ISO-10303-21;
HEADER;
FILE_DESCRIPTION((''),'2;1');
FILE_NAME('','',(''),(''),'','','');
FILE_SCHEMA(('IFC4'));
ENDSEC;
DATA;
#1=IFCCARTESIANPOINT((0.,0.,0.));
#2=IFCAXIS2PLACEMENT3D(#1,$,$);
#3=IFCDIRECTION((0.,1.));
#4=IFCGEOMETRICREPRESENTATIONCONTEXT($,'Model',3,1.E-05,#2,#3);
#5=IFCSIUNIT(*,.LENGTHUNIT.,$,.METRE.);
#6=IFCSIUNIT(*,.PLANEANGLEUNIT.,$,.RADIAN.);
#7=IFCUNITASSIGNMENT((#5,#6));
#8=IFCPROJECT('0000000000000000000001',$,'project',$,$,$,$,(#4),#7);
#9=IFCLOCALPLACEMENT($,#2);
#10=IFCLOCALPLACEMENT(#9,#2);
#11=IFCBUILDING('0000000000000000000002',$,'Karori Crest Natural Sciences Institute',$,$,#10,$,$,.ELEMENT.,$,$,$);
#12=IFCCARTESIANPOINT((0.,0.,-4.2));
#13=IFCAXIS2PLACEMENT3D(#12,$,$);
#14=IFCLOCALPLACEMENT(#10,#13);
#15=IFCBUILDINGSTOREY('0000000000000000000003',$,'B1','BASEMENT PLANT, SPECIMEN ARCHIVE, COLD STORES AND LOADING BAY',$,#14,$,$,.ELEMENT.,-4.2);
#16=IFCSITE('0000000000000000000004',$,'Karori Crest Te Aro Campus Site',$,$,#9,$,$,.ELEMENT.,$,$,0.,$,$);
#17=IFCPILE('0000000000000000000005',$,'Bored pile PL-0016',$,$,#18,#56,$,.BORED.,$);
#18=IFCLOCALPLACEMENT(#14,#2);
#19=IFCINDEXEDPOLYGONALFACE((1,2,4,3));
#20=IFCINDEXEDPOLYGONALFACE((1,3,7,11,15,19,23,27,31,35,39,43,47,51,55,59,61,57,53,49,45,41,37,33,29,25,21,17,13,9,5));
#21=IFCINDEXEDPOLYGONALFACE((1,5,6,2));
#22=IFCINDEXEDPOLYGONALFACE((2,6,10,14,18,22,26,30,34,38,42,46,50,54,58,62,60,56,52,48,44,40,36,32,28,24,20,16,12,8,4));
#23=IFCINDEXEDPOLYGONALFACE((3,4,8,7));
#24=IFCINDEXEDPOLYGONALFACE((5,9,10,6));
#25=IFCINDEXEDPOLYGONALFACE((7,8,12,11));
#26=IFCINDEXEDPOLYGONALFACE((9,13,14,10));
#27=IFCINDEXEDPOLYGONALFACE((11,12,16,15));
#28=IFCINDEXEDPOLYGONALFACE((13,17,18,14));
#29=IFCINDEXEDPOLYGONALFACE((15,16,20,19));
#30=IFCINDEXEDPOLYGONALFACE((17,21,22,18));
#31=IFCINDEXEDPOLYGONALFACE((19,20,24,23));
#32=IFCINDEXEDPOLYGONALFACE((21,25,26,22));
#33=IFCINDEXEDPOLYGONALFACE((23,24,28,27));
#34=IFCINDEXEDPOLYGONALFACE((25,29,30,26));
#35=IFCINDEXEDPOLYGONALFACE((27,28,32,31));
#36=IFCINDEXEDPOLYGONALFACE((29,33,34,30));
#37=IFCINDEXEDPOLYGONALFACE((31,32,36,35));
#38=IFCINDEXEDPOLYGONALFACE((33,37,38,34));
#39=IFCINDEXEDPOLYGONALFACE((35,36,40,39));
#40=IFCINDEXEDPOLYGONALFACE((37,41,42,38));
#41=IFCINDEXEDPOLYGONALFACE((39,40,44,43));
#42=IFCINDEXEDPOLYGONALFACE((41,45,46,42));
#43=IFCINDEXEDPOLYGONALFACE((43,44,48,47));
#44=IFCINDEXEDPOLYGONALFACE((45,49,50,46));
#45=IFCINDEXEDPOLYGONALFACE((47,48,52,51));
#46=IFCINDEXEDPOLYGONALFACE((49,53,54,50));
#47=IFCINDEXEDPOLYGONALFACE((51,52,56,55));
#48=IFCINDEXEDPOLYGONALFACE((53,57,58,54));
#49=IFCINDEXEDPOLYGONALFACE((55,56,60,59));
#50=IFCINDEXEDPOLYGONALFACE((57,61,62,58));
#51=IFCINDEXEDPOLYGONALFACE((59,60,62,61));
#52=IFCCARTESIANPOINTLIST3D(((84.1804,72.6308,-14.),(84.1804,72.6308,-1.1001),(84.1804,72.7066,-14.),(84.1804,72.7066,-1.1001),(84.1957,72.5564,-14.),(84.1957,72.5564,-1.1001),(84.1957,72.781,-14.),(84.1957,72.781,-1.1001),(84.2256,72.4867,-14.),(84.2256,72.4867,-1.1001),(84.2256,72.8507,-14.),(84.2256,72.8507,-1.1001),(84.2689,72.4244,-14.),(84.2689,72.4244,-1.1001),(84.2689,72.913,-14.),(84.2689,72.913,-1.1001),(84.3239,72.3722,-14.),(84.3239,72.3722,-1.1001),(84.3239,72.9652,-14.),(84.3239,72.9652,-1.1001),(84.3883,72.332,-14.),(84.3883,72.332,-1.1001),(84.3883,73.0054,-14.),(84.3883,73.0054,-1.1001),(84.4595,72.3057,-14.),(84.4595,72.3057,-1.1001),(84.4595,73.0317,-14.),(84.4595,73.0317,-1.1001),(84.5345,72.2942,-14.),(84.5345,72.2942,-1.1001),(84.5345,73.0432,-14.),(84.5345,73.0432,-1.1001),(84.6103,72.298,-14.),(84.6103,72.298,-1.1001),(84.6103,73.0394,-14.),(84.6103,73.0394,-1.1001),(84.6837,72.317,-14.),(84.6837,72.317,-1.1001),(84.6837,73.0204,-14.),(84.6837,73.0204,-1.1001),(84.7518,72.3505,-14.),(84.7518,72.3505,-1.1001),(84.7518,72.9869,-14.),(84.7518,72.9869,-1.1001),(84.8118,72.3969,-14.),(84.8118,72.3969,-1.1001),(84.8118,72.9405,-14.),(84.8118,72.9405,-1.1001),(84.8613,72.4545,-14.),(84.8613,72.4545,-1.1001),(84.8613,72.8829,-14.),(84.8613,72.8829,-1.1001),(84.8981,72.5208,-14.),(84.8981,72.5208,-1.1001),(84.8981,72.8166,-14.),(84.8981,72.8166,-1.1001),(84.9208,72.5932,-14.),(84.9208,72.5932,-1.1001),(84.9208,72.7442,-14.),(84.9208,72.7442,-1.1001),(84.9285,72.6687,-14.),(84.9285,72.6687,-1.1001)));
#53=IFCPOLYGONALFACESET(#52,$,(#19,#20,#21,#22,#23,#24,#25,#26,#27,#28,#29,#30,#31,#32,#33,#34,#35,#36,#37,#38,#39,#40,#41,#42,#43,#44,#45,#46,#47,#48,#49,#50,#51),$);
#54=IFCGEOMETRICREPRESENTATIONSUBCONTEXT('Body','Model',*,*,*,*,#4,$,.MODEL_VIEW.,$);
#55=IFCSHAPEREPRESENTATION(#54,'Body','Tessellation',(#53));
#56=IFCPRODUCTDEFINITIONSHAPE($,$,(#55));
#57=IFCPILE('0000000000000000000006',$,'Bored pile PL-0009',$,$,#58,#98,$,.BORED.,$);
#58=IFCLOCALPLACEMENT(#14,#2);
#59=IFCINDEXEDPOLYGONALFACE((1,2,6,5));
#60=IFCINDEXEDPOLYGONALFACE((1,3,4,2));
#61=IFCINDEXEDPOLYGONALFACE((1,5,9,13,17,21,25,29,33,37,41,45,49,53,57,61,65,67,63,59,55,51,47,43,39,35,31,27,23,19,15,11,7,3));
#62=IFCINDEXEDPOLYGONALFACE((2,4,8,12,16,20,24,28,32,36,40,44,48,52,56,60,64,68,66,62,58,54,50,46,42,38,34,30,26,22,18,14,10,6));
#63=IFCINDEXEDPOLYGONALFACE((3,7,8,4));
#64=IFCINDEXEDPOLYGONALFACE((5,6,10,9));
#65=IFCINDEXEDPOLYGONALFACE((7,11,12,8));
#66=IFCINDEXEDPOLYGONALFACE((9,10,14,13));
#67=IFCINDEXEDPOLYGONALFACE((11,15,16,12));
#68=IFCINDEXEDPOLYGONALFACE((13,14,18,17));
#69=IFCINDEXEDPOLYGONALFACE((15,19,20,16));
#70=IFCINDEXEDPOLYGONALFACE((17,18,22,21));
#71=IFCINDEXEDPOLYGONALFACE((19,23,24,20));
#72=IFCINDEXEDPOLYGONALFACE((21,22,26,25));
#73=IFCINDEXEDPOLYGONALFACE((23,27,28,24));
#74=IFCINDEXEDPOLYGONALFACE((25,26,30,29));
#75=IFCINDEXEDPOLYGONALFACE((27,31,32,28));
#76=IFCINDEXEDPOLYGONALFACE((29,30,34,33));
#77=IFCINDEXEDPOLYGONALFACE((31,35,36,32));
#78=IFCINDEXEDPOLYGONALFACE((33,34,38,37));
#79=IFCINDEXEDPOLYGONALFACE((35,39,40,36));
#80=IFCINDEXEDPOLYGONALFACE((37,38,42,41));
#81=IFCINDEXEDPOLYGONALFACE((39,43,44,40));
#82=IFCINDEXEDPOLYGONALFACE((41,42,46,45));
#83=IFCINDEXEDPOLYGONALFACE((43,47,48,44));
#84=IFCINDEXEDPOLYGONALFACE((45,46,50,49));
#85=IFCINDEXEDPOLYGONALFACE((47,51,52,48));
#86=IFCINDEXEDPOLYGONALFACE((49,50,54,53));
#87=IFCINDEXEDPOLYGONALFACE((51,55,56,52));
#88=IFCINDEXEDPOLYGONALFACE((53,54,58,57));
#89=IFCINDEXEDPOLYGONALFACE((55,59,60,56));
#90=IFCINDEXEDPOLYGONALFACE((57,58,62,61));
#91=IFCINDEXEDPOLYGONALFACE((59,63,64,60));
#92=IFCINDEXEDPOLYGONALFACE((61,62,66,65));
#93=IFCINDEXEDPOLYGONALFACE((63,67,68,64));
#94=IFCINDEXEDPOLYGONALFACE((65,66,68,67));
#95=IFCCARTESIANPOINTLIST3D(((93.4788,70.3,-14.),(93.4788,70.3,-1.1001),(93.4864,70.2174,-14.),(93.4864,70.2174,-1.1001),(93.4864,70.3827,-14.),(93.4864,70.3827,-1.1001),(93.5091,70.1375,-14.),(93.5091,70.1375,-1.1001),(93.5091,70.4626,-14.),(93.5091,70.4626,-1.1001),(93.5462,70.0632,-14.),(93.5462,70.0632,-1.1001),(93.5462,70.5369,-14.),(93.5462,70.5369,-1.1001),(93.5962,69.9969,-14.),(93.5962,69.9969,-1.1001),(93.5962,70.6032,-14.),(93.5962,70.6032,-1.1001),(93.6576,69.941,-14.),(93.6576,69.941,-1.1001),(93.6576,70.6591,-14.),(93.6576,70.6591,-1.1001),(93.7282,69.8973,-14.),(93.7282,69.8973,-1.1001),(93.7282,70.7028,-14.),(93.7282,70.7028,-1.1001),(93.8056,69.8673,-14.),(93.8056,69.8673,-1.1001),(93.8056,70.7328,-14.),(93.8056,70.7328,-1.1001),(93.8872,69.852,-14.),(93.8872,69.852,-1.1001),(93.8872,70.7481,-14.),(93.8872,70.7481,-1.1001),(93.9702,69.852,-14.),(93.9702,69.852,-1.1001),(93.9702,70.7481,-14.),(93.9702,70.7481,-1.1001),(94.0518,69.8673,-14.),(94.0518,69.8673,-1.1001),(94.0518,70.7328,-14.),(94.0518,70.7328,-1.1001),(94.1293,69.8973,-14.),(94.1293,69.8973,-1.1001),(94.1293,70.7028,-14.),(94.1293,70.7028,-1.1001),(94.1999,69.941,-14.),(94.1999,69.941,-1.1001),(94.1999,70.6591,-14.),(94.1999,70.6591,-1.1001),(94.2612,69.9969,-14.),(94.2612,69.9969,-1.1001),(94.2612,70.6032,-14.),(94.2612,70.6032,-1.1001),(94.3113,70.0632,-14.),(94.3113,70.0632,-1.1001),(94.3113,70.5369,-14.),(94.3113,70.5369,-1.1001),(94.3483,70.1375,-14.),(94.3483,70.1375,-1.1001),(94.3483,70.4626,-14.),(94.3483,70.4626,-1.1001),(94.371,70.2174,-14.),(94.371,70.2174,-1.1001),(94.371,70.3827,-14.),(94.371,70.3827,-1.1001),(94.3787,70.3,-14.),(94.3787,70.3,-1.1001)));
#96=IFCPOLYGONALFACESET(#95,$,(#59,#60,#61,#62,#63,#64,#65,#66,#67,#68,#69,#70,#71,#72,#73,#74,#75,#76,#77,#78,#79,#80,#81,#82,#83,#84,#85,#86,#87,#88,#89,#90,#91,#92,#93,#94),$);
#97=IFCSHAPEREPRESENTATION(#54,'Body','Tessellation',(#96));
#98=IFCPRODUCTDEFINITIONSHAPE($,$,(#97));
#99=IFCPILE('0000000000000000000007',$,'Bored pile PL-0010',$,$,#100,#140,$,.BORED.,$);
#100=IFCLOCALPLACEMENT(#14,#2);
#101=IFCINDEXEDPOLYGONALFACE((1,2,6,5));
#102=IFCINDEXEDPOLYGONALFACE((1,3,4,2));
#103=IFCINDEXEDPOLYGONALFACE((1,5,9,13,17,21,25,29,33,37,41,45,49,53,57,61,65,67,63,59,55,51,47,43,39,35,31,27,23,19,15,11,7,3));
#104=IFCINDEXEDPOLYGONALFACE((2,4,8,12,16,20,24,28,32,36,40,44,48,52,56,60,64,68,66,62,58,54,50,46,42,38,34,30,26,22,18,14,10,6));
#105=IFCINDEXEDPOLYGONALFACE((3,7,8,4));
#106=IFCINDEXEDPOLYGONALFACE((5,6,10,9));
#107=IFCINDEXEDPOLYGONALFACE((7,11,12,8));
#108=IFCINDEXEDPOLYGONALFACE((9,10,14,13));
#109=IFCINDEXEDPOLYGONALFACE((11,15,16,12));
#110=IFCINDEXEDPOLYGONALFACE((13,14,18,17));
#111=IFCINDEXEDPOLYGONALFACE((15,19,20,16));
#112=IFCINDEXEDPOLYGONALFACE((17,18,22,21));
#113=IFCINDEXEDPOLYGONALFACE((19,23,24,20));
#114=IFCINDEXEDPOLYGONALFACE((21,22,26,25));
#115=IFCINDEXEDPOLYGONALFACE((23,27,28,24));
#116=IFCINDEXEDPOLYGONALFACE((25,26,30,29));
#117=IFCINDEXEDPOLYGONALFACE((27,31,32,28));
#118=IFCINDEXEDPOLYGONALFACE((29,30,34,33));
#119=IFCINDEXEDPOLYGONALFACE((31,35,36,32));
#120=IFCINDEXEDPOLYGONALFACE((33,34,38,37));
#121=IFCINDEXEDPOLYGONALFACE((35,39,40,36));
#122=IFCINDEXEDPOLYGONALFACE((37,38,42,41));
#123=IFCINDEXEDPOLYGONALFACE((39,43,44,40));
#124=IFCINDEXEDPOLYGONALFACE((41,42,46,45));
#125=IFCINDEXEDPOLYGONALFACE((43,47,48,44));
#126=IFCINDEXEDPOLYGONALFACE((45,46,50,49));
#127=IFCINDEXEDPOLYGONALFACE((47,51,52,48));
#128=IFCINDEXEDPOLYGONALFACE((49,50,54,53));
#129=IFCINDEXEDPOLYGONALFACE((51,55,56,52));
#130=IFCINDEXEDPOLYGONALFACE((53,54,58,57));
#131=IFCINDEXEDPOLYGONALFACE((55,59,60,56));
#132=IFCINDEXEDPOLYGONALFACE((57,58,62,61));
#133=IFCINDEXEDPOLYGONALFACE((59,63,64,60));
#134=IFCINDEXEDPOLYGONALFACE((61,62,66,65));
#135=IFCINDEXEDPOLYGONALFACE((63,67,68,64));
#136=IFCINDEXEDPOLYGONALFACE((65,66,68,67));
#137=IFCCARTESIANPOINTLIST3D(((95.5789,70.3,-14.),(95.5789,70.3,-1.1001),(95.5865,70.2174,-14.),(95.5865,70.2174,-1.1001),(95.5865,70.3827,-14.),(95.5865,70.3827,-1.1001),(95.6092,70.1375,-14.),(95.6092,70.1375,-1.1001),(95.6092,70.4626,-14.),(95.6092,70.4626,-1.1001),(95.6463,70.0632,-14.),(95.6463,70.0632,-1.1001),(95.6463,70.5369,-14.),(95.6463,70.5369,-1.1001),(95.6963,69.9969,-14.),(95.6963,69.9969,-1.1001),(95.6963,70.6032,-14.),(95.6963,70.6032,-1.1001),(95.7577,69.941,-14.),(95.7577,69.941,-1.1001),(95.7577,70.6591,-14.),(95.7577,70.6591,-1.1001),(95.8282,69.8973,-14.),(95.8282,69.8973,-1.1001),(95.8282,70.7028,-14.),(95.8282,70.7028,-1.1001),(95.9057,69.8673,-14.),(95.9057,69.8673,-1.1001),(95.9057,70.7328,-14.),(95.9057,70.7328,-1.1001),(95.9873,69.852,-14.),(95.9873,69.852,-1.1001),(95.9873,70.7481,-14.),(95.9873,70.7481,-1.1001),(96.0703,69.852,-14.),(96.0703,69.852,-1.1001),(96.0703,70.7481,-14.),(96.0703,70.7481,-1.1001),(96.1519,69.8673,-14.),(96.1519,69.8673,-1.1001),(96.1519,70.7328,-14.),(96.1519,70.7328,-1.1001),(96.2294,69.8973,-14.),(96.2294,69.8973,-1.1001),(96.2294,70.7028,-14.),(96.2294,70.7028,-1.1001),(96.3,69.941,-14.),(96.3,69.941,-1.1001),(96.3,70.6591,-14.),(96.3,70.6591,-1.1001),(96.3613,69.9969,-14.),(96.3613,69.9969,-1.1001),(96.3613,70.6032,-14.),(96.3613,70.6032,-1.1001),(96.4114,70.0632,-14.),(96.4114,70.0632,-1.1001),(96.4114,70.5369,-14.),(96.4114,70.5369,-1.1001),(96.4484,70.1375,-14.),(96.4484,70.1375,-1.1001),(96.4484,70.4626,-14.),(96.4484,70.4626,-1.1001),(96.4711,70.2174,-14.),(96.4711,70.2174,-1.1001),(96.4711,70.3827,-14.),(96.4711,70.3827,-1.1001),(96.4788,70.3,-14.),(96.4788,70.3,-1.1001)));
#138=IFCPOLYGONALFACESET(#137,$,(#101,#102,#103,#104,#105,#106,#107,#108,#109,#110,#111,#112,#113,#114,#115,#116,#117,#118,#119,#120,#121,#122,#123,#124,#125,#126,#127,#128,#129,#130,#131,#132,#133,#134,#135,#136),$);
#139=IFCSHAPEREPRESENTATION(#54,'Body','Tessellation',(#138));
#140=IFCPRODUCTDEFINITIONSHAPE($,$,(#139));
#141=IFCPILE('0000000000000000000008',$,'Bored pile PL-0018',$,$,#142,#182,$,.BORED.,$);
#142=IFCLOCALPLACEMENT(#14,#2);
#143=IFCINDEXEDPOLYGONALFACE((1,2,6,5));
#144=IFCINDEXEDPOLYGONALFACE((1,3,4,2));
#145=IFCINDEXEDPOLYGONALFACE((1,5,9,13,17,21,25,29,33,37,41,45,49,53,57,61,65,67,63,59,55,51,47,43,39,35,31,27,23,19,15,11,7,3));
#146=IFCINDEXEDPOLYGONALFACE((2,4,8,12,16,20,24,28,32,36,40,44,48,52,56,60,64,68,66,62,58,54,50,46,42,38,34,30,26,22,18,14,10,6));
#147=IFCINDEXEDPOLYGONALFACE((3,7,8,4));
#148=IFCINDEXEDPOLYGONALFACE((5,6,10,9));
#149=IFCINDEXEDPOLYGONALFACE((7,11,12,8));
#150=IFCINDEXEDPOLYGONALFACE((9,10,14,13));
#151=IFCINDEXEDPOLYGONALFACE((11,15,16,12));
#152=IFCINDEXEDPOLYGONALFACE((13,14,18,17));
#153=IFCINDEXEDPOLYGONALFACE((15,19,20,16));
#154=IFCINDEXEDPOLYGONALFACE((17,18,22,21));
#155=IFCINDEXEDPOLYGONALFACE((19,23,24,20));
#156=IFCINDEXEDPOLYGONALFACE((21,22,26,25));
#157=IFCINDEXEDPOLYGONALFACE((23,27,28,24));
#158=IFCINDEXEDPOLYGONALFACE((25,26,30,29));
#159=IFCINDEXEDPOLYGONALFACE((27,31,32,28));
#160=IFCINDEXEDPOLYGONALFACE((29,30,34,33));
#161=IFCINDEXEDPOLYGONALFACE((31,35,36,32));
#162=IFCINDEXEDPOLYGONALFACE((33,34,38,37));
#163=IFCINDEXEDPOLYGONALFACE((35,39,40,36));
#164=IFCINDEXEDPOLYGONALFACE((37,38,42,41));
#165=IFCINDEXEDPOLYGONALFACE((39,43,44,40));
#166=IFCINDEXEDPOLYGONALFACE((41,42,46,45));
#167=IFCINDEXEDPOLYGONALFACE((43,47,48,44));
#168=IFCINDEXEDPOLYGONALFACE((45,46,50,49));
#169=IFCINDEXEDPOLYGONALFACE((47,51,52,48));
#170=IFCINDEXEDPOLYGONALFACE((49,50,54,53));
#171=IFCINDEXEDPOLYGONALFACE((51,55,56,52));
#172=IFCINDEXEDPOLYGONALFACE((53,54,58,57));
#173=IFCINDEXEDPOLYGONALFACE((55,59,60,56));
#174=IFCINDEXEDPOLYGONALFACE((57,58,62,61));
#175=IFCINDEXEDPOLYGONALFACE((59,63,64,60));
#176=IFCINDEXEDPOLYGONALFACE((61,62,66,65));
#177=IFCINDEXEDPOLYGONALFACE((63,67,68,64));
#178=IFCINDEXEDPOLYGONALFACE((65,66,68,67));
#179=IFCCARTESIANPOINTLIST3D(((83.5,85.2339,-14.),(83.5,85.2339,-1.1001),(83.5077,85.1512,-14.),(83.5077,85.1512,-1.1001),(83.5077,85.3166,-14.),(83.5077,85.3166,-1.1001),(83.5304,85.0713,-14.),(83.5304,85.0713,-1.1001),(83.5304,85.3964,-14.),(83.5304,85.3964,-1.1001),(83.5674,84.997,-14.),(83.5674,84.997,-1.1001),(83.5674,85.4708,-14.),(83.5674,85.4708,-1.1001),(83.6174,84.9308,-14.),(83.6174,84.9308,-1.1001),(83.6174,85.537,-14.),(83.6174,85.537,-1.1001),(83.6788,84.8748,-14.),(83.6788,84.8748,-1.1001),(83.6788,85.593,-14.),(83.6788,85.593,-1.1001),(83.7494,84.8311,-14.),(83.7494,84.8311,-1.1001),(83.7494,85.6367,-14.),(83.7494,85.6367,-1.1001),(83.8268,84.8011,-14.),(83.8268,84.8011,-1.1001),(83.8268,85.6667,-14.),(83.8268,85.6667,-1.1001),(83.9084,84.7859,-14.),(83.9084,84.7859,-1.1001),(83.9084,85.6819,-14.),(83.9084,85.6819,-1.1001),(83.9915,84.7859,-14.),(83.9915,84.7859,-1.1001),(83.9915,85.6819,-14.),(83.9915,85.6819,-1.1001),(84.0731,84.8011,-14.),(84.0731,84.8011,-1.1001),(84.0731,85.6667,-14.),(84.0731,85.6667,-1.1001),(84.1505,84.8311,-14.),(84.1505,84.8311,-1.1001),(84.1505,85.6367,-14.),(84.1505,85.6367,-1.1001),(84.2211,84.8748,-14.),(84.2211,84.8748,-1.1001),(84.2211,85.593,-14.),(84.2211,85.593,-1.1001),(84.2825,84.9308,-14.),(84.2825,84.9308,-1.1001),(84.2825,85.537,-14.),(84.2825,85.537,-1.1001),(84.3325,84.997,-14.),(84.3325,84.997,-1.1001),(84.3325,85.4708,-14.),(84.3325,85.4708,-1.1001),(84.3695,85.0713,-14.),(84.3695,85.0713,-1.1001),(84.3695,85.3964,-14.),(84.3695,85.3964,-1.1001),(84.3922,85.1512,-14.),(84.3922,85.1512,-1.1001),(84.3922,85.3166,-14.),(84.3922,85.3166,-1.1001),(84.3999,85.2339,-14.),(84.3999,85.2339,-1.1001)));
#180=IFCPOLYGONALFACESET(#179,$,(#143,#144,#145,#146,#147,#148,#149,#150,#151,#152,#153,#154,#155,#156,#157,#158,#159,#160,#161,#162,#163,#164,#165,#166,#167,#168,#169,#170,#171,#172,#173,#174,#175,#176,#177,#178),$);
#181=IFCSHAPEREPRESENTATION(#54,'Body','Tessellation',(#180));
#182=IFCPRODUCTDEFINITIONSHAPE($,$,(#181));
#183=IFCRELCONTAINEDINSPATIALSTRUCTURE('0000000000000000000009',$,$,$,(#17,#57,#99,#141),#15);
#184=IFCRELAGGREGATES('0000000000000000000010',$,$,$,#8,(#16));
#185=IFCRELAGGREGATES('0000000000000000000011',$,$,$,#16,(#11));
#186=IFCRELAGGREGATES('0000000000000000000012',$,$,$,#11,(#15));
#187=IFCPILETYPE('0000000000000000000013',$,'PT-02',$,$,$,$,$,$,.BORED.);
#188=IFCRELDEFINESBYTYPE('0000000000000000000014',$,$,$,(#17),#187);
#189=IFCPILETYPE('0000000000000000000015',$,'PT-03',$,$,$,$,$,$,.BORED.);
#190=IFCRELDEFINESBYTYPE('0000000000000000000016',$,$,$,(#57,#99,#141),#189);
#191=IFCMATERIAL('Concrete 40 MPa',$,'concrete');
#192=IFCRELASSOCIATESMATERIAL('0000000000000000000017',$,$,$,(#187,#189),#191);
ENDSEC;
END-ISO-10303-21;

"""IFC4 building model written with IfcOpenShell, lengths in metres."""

from ifc_helpers import new_model, si_unit, direction, frame, origin, origin_2d, place, context, subcontext, project, spatial, circle, extrude, material, material_profile, profile_set, type_object, element, save


model = new_model("IFC4")

# Units and contexts
model_context = context("Model", 3, precision=1e-05, world=origin(), true_north=direction((0.0, 1.0)))
body_context = subcontext(model_context, "Body", "Model", "MODEL_VIEW")
ifc_project = project(units=[si_unit("LENGTHUNIT", "METRE"), si_unit("PLANEANGLEUNIT", "RADIAN")], contexts=[model_context])

# Site, building, storey
site_placement = place(None, origin())
site = spatial("IfcSite", under=ifc_project, at=site_placement, Name="Karori Crest Te Aro Campus Site", CompositionType="ELEMENT", RefElevation=0.0)
building_placement = place(site_placement, origin())
building = spatial("IfcBuilding", under=site, at=building_placement, Name="Karori Crest Natural Sciences Institute", CompositionType="ELEMENT")
storey_placement = place(building_placement, frame((0.0, 0.0, -4.2)))
storey = spatial("IfcBuildingStorey", under=building, at=storey_placement, Name="B1", Description="BASEMENT PLANT, SPECIMEN ARCHIVE, COLD STORES AND LOADING BAY", CompositionType="ELEMENT", Elevation=-4.2)

# Shared definitions
ifc_material_1 = material(Name="Concrete 40 MPa", Category="concrete")

# Piles
ifc_material_profile_1 = material_profile(ifc_material_1, circle(Radius=0.375, at=origin_2d()), Name="PILE750")
ifc_profile_set_1 = profile_set([ifc_material_profile_1], Name="Concrete 40 MPa")
pile_type_1 = type_object("IfcPileType", Name="PT-02", PredefinedType="BORED", material=ifc_profile_set_1)
for number, where, z_axis, x_axis, name in (
    (1, (84.5535, 72.6687, -1.1001), (0.0, 0.0, -1.0), (1.0, 0.0, 0.0), "Bored pile PL-0016"),
):
    element("IfcPile", number, at=place(storey_placement, frame(where, z_axis=z_axis, x_axis=x_axis)), inside=storey, type_object=pile_type_1, Name=name, PredefinedType="BORED", context=body_context, shape_type="SweptSolid", body=[
        extrude(circle(Radius=0.375, at=origin_2d()), origin(), (0.0, 0.0, 1.0), 12.8999),
    ])
ifc_material_profile_2 = material_profile(ifc_material_1, circle(Radius=0.45, at=origin_2d()), Name="PILE900")
ifc_profile_set_2 = profile_set([ifc_material_profile_2], Name="Concrete 40 MPa")
pile_type_2 = type_object("IfcPileType", Name="PT-03", PredefinedType="BORED", material=ifc_profile_set_2)
for number, where, z_axis, x_axis, name in (
    (2, (93.9287, 70.3, -1.1001), (0.0, 0.0, -1.0), (1.0, 0.0, 0.0), "Bored pile PL-0009"),
    (3, (96.0288, 70.3, -1.1001), (0.0, 0.0, -1.0), (1.0, 0.0, 0.0), "Bored pile PL-0010"),
    (4, (83.95, 85.2339, -1.1001), (0.0, 0.0, -1.0), (1.0, 0.0, 0.0), "Bored pile PL-0018"),
):
    element("IfcPile", number, at=place(storey_placement, frame(where, z_axis=z_axis, x_axis=x_axis)), inside=storey, type_object=pile_type_2, Name=name, PredefinedType="BORED", context=body_context, shape_type="SweptSolid", body=[
        extrude(circle(Radius=0.45, at=origin_2d()), origin(), (0.0, 0.0, 1.0), 12.8999),
    ])

save(model, "model.ifc")
